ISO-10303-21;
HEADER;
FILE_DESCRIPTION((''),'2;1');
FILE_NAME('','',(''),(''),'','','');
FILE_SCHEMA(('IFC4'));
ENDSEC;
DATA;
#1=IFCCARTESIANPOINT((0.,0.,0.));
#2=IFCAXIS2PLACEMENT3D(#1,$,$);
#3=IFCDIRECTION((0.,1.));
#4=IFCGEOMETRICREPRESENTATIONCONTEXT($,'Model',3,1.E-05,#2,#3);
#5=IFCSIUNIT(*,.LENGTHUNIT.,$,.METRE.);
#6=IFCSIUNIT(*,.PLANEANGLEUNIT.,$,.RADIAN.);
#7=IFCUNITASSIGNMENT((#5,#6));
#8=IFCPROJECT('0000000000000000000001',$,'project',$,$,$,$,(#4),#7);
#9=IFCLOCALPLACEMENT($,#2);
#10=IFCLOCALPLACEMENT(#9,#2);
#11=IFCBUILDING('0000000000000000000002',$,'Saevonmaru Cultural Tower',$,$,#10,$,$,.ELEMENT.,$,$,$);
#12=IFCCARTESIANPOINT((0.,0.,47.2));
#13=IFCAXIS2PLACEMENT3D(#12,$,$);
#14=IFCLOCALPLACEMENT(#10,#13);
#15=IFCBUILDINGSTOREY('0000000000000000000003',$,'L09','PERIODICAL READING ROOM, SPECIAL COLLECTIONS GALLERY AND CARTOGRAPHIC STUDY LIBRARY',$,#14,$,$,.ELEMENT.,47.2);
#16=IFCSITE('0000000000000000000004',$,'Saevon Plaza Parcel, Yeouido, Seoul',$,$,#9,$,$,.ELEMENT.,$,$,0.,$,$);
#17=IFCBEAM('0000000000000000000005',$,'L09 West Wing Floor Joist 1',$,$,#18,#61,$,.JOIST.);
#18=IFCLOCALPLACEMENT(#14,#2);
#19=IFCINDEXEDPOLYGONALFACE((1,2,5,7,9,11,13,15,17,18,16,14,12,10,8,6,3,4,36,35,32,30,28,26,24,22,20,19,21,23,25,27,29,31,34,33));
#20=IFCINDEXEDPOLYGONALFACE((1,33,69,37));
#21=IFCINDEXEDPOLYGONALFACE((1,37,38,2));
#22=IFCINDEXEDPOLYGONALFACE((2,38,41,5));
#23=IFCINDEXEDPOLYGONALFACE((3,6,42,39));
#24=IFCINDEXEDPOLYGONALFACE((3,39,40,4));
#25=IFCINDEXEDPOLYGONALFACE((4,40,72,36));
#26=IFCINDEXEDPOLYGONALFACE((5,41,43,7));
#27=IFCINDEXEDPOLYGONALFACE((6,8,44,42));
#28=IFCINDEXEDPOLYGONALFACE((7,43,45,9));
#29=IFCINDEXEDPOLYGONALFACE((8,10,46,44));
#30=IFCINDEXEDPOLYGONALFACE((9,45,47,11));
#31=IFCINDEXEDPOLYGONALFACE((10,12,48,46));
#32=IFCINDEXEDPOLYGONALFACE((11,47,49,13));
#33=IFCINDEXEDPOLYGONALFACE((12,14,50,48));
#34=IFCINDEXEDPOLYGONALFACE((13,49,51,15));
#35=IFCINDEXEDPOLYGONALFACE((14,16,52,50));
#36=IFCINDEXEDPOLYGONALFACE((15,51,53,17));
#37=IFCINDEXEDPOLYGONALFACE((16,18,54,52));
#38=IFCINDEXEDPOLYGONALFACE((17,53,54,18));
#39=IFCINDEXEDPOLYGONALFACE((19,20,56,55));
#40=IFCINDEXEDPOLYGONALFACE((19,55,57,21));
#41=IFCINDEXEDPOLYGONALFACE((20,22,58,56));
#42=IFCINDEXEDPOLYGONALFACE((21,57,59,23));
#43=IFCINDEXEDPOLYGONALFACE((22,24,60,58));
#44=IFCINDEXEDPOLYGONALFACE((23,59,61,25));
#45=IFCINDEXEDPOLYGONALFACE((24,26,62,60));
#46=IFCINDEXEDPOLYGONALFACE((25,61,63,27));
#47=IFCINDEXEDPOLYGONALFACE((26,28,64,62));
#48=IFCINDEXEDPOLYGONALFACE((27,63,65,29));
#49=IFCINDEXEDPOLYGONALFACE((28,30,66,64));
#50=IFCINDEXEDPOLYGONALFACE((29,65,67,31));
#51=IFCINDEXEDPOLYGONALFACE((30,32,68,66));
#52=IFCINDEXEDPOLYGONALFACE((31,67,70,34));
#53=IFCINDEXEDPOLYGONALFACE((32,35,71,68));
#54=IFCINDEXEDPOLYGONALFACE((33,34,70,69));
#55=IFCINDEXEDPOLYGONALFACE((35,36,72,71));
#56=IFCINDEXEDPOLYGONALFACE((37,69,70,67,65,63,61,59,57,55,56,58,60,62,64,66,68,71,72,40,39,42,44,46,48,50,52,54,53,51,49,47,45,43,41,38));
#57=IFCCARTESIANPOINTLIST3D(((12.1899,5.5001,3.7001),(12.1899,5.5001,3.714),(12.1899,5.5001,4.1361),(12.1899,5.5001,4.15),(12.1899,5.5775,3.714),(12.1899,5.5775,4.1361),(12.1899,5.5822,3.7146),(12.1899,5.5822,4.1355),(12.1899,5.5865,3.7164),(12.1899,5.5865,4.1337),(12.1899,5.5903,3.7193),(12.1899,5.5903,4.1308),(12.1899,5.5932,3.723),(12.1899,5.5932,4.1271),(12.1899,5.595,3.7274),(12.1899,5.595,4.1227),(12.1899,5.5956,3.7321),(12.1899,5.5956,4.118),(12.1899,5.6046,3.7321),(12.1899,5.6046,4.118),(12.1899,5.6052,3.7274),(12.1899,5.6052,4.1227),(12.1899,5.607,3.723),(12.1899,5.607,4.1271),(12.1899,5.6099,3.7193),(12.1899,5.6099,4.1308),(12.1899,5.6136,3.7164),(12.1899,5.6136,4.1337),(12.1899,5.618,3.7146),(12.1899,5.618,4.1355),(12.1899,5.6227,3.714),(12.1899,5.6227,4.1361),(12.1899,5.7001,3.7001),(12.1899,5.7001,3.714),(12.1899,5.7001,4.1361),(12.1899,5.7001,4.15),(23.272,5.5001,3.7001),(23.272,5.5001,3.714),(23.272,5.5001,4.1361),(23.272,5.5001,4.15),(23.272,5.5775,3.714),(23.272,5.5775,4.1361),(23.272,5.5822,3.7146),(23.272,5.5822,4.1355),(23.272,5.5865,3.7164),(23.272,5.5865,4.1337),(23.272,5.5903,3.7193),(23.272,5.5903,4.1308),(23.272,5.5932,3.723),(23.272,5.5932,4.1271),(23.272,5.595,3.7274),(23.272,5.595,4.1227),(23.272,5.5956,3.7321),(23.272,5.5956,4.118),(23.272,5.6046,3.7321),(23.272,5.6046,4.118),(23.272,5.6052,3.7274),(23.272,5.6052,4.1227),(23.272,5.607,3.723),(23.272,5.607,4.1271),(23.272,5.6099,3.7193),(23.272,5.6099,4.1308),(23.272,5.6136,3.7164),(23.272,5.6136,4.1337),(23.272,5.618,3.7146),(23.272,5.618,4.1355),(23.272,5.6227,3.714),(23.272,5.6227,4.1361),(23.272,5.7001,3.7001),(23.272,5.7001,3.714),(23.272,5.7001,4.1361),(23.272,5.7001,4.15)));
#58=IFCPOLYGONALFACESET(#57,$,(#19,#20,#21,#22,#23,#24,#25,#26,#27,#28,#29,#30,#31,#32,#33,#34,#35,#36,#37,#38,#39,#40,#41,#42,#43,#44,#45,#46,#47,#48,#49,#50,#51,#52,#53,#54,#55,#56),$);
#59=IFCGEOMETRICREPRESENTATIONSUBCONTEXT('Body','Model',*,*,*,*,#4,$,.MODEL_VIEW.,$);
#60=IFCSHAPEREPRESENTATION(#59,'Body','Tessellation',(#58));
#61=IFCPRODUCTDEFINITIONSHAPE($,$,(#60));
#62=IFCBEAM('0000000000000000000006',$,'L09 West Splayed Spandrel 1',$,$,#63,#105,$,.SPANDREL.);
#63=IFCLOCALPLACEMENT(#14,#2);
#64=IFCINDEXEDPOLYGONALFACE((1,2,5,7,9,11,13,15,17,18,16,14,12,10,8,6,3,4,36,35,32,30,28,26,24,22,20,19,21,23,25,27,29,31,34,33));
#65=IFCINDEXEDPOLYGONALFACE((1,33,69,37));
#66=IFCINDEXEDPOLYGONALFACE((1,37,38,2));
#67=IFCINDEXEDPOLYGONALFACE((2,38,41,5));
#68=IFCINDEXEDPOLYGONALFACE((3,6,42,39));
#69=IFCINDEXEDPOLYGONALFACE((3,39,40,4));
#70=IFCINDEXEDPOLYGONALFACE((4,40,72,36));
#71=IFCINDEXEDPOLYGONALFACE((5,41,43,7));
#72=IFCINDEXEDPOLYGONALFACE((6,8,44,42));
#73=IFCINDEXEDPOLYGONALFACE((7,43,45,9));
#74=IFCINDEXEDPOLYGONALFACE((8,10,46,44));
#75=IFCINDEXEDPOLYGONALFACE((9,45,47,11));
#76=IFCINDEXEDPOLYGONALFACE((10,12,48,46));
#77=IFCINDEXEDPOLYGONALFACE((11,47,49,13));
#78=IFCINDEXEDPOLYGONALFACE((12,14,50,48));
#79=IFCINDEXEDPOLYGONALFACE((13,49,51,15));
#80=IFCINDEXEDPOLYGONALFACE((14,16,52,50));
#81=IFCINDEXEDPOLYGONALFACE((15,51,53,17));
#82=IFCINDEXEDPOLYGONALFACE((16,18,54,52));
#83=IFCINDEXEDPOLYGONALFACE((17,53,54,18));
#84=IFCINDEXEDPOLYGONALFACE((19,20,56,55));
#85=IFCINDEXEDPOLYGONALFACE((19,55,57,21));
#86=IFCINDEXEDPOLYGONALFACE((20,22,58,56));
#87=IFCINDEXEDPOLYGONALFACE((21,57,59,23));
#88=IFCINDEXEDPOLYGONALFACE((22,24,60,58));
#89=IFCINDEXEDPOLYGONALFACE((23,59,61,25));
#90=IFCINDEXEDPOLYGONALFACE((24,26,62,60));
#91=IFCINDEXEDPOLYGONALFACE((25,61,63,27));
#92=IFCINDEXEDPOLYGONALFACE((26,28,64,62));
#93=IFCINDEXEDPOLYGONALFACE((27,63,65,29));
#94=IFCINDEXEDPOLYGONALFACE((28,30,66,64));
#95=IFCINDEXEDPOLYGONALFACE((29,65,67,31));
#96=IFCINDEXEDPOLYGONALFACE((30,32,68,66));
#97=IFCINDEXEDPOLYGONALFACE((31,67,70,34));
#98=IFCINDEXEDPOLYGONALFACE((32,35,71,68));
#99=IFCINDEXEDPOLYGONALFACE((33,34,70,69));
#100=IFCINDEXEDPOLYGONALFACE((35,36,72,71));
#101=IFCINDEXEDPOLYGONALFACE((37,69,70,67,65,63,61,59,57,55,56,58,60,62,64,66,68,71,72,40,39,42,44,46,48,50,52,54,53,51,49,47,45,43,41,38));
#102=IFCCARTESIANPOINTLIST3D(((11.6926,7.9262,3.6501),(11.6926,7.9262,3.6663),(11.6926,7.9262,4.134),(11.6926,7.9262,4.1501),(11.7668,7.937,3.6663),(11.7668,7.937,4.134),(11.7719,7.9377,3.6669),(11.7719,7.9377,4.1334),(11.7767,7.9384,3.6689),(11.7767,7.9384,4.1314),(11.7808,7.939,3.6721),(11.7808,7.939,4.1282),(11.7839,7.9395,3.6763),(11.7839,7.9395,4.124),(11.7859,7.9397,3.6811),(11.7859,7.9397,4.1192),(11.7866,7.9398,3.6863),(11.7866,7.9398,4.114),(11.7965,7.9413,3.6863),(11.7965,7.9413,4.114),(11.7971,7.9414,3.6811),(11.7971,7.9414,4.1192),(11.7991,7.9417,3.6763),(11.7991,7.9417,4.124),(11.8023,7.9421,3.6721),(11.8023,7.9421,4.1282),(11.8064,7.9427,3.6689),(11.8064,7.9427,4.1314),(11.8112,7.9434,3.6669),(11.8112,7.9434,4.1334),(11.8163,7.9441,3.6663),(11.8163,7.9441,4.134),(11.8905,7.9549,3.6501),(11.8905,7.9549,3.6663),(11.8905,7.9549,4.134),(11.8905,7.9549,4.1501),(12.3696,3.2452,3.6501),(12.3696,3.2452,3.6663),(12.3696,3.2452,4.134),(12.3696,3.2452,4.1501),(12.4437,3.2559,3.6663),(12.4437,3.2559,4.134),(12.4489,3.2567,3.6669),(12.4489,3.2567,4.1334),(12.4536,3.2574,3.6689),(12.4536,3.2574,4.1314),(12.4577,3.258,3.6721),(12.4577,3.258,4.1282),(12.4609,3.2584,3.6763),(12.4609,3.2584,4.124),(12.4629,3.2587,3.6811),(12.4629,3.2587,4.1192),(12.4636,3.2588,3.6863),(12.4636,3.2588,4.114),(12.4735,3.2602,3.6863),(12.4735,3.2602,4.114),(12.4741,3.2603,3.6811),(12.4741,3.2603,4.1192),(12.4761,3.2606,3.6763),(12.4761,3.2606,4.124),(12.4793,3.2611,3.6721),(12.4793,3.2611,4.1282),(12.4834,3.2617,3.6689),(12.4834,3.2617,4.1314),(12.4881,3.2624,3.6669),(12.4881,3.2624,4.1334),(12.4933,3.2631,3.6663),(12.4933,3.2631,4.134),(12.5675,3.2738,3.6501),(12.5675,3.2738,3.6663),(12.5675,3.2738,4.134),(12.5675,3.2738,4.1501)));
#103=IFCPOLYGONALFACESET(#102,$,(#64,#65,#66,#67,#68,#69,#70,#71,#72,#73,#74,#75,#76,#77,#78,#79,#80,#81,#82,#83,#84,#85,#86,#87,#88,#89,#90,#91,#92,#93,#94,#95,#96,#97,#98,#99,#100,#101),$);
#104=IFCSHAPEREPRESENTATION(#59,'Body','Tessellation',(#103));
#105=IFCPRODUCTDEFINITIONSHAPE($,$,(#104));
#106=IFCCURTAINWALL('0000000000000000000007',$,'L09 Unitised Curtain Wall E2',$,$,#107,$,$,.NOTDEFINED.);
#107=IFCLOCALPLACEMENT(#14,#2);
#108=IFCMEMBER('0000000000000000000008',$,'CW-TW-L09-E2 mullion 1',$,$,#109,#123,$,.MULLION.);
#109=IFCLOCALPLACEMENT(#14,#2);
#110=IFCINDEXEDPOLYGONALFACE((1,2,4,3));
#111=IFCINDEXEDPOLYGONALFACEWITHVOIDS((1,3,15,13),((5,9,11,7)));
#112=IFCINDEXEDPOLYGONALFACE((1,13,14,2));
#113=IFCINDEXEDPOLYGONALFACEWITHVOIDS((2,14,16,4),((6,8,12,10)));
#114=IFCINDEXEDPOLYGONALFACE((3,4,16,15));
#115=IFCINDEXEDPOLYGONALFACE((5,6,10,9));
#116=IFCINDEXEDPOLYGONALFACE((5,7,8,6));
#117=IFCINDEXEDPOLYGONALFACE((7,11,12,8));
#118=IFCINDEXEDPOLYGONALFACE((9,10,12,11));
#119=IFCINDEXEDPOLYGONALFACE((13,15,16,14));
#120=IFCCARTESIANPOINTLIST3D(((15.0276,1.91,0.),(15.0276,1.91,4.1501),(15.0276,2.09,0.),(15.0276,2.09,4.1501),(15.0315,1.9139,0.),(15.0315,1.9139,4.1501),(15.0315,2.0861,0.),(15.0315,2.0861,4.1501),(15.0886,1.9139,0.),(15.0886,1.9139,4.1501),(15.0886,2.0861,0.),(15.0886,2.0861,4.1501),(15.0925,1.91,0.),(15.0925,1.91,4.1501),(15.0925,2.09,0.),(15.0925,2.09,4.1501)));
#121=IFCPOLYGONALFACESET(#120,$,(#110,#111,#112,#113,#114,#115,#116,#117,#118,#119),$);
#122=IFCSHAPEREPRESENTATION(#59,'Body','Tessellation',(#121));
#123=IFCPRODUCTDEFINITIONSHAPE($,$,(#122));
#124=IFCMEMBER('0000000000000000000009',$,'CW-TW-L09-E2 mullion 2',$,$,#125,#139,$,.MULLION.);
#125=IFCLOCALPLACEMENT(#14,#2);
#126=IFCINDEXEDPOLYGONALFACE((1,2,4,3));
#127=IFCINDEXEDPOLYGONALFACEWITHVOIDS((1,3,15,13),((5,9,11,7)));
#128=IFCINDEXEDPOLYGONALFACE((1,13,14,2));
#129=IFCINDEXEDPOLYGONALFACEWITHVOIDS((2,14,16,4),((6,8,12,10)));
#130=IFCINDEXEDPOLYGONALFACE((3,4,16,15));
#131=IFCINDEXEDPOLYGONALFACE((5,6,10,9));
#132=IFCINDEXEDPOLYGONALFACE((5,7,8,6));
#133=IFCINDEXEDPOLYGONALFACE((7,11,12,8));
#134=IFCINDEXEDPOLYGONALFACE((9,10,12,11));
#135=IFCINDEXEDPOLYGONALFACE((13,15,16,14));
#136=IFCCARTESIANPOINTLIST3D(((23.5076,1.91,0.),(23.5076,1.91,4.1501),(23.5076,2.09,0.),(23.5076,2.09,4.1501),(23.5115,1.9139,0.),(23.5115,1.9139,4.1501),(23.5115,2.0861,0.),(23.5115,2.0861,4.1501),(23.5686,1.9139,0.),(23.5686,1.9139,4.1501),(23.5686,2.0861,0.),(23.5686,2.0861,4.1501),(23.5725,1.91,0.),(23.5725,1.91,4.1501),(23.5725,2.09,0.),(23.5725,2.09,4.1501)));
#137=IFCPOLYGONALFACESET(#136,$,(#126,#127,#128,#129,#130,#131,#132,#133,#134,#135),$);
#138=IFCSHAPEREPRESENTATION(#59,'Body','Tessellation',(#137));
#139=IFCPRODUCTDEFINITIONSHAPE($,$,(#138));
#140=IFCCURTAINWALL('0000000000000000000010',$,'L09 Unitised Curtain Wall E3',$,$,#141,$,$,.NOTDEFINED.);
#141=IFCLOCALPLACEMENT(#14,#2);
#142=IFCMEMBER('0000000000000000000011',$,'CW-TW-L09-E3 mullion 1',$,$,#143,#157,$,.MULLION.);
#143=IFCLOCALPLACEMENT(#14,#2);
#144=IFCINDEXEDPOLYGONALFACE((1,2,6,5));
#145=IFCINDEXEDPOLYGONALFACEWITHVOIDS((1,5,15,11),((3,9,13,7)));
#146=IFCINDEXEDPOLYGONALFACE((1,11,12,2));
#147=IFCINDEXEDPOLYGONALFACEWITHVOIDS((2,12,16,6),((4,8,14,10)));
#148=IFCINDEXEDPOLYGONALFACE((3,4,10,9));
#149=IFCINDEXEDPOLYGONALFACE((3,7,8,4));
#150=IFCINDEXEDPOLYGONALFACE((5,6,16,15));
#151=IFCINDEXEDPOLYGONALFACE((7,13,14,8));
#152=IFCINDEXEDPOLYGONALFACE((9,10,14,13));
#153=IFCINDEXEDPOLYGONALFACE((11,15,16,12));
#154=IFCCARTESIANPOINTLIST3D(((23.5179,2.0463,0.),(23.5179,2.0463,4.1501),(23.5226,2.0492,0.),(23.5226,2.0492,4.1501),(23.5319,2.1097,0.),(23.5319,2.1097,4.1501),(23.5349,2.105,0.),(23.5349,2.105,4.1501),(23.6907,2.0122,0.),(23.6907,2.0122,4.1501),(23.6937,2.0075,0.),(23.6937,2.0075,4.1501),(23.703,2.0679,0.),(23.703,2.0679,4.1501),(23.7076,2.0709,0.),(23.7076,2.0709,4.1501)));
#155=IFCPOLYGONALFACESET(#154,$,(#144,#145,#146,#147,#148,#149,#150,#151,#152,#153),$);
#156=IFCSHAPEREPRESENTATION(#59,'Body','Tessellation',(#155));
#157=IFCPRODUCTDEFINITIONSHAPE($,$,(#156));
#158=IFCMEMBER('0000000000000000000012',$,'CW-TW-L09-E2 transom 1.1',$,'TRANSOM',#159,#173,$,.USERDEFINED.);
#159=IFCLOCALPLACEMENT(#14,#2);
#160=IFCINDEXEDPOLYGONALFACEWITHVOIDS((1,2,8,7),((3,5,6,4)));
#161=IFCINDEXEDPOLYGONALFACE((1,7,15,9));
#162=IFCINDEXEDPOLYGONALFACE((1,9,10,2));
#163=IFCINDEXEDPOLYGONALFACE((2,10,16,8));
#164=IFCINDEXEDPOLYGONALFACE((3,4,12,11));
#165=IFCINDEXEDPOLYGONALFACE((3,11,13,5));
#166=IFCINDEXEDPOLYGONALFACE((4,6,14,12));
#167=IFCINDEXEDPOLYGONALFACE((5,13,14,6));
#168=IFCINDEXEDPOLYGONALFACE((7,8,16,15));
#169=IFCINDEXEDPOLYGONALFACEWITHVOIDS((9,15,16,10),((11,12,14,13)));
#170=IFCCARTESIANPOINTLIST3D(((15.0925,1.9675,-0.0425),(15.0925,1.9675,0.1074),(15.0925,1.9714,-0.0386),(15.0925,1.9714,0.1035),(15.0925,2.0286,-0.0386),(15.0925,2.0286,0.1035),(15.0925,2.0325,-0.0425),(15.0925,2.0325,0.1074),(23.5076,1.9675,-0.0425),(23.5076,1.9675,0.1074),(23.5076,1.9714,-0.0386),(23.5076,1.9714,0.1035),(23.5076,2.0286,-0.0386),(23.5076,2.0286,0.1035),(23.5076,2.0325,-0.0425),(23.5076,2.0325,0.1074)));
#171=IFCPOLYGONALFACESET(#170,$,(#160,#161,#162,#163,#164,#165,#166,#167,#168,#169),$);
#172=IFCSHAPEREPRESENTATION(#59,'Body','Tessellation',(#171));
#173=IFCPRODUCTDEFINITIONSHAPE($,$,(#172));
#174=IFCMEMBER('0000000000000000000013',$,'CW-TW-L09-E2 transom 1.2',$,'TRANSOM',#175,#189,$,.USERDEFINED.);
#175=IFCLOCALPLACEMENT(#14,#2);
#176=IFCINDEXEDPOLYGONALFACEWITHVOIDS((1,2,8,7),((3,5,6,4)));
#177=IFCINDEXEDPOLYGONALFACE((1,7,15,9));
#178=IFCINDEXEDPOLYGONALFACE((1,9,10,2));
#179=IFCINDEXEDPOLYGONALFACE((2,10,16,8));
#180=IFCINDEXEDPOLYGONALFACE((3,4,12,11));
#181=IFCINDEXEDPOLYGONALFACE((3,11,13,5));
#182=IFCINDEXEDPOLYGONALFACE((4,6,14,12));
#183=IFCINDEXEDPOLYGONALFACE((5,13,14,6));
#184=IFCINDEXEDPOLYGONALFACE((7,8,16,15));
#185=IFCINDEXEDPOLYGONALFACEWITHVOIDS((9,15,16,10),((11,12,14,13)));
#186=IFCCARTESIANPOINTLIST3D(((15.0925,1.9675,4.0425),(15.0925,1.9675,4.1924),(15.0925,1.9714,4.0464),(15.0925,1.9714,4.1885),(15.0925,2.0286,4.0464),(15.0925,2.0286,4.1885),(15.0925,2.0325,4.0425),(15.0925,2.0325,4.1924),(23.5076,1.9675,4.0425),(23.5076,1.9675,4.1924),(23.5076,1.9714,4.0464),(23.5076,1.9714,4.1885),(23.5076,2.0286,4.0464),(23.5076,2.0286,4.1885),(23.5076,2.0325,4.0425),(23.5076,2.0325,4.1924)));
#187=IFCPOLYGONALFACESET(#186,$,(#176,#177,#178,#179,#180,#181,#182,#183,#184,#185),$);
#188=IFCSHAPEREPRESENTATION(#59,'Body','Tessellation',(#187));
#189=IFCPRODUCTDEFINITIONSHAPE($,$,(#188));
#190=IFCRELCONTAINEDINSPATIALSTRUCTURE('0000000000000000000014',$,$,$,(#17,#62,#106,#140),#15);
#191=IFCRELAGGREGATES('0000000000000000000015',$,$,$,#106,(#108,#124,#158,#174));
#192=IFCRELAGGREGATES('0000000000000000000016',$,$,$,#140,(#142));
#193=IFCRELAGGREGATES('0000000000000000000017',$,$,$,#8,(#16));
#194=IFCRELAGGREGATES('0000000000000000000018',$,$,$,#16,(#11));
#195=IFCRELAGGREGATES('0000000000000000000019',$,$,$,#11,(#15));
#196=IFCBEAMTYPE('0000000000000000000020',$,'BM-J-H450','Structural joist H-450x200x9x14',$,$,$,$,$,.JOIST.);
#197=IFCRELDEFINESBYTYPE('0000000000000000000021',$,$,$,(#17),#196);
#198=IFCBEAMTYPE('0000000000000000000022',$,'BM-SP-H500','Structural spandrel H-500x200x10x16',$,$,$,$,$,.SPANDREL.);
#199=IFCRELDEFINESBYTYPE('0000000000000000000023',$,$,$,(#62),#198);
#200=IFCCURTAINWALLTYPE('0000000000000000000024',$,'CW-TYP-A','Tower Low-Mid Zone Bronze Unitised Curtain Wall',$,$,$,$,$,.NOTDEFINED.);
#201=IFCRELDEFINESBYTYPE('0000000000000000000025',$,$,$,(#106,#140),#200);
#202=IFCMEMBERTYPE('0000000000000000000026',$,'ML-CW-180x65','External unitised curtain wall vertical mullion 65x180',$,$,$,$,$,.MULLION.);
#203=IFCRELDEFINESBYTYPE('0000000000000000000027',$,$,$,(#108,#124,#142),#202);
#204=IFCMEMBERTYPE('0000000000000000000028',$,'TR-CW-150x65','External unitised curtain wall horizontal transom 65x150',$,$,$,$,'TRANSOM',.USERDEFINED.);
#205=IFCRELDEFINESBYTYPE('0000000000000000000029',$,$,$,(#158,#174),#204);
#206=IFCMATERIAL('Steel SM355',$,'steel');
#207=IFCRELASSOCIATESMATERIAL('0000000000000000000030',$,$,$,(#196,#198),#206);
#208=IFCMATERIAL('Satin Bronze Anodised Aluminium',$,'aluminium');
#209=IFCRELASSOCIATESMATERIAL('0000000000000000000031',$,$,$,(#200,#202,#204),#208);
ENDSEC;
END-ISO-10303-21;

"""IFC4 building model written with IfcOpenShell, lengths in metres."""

from ifc_helpers import new_model, si_unit, direction, frame, origin, origin_2d, place, context, subcontext, project, spatial, hollow_rectangle, i_section, extrude, material, material_profile, profile_set, type_object, element, aggregate, save


model = new_model("IFC4")

# Units and contexts
model_context = context("Model", 3, precision=1e-05, world=origin(), true_north=direction((0.0, 1.0)))
body_context = subcontext(model_context, "Body", "Model", "MODEL_VIEW")
ifc_project = project(units=[si_unit("LENGTHUNIT", "METRE"), si_unit("PLANEANGLEUNIT", "RADIAN")], contexts=[model_context])

# Site, building, storey
site_placement = place(None, origin())
site = spatial("IfcSite", under=ifc_project, at=site_placement, Name="Saevon Plaza Parcel, Yeouido, Seoul", CompositionType="ELEMENT", RefElevation=0.0)
building_placement = place(site_placement, origin())
building = spatial("IfcBuilding", under=site, at=building_placement, Name="Saevonmaru Cultural Tower", CompositionType="ELEMENT")
storey_placement = place(building_placement, frame((0.0, 0.0, 47.2)))
storey = spatial("IfcBuildingStorey", under=building, at=storey_placement, Name="L09", Description="PERIODICAL READING ROOM, SPECIAL COLLECTIONS GALLERY AND CARTOGRAPHIC STUDY LIBRARY", CompositionType="ELEMENT", Elevation=47.2)

# Beams
ifc_material_1 = material(Name="Steel SM355", Category="steel")
ifc_material_profile_1 = material_profile(ifc_material_1, i_section(OverallWidth=0.2, OverallDepth=0.45, WebThickness=0.009, FlangeThickness=0.0139, FilletRadius=0.0181, at=origin_2d()), Name="H-450x200x9x14")
ifc_profile_set_1 = profile_set([ifc_material_profile_1], Name="Steel SM355")
beam_type_1 = type_object("IfcBeamType", Name="BM-J-H450", Description="Structural joist H-450x200x9x14", PredefinedType="JOIST", material=ifc_profile_set_1)
beam_1_placement = place(storey_placement, frame((12.1899, 5.6001, 3.925), z_axis=(1.0, 0.0, 0.0), x_axis=(0.0, 1.0, 0.0)))
element("IfcBeam", 1, at=beam_1_placement, inside=storey, type_object=beam_type_1, Name="L09 West Wing Floor Joist 1", PredefinedType="JOIST", context=body_context, shape_type="SweptSolid", body=[
    extrude(i_section(OverallWidth=0.2, OverallDepth=0.45, WebThickness=0.009, FlangeThickness=0.0139, FilletRadius=0.0181, at=origin_2d()), origin(), (0.0, 0.0, 1.0), 11.082),
])
ifc_material_profile_2 = material_profile(ifc_material_1, i_section(OverallWidth=0.2, OverallDepth=0.5, WebThickness=0.01, FlangeThickness=0.0161, FilletRadius=0.02, at=origin_2d()), Name="H-500x200x10x16")
ifc_profile_set_2 = profile_set([ifc_material_profile_2], Name="Steel SM355")
beam_type_2 = type_object("IfcBeamType", Name="BM-SP-H500", Description="Structural spandrel H-500x200x10x16", PredefinedType="SPANDREL", material=ifc_profile_set_2)
beam_2_placement = place(storey_placement, frame((12.4685, 3.2595, 3.9001), z_axis=(-0.143134, 0.989703, 0.0), x_axis=(-0.989703, -0.143134, 0.0)))
element("IfcBeam", 2, at=beam_2_placement, inside=storey, type_object=beam_type_2, Name="L09 West Splayed Spandrel 1", PredefinedType="SPANDREL", context=body_context, shape_type="SweptSolid", body=[
    extrude(i_section(OverallWidth=0.2, OverallDepth=0.5, WebThickness=0.01, FlangeThickness=0.0161, FilletRadius=0.02, at=origin_2d()), origin(), (0.0, 0.0, 1.0), 4.7297),
])

# Curtain wall, members
ifc_material_2 = material(Name="Satin Bronze Anodised Aluminium", Category="aluminium")
curtain_wall_type = type_object("IfcCurtainWallType", Name="CW-TYP-A", Description="Tower Low-Mid Zone Bronze Unitised Curtain Wall", PredefinedType="NOTDEFINED", material=ifc_material_2)
curtain_wall_1_placement = place(storey_placement, origin())
curtain_wall_1 = element("IfcCurtainWall", 3, at=curtain_wall_1_placement, inside=storey, type_object=curtain_wall_type, Name="L09 Unitised Curtain Wall E2", PredefinedType="NOTDEFINED")
ifc_material_profile_3 = material_profile(ifc_material_2, hollow_rectangle(XDim=0.0649, YDim=0.1799, WallThickness=0.0039, at=origin_2d()), Name="ALU-MULL-180x65x4")
ifc_profile_set_3 = profile_set([ifc_material_profile_3], Name="Satin Bronze Anodised Aluminium")
member_type_1 = type_object("IfcMemberType", Name="ML-CW-180x65", Description="External unitised curtain wall vertical mullion 65x180", PredefinedType="MULLION", material=ifc_profile_set_3)
member_1_placement = place(storey_placement, frame((15.0601, 2.0, 0.0), z_axis=(0.0, 0.0, 1.0), x_axis=(1.0, 0.0, 0.0)))
member_1 = element("IfcMember", 4, at=member_1_placement, type_object=member_type_1, Name="CW-TW-L09-E2 mullion 1", PredefinedType="MULLION", context=body_context, shape_type="SweptSolid", body=[
    extrude(hollow_rectangle(XDim=0.0649, YDim=0.1799, WallThickness=0.0039, at=origin_2d()), origin(), (0.0, 0.0, 1.0), 4.1501),
])
member_2_placement = place(storey_placement, frame((23.54, 2.0, 0.0), z_axis=(0.0, 0.0, 1.0), x_axis=(1.0, 0.0, 0.0)))
member_2 = element("IfcMember", 5, at=member_2_placement, type_object=member_type_1, Name="CW-TW-L09-E2 mullion 2", PredefinedType="MULLION", context=body_context, shape_type="SweptSolid", body=[
    extrude(hollow_rectangle(XDim=0.0649, YDim=0.1799, WallThickness=0.0039, at=origin_2d()), origin(), (0.0, 0.0, 1.0), 4.1501),
])

# Curtain wall, member
curtain_wall_2_placement = place(storey_placement, origin())
curtain_wall_2 = element("IfcCurtainWall", 6, at=curtain_wall_2_placement, inside=storey, type_object=curtain_wall_type, Name="L09 Unitised Curtain Wall E3", PredefinedType="NOTDEFINED")
member_3_placement = place(storey_placement, frame((23.6128, 2.0586, 0.0), z_axis=(0.0, 0.0, 1.0), x_axis=(0.215413, 0.976523, 0.0)))
member_3 = element("IfcMember", 7, at=member_3_placement, type_object=member_type_1, Name="CW-TW-L09-E3 mullion 1", PredefinedType="MULLION", context=body_context, shape_type="SweptSolid", body=[
    extrude(hollow_rectangle(XDim=0.0649, YDim=0.1799, WallThickness=0.0039, at=origin_2d()), origin(), (0.0, 0.0, 1.0), 4.1501),
])

# Members
ifc_material_profile_4 = material_profile(ifc_material_2, hollow_rectangle(XDim=0.0649, YDim=0.1499, WallThickness=0.0039, at=origin_2d()), Name="ALU-TRAN-150x65x4")
ifc_profile_set_4 = profile_set([ifc_material_profile_4], Name="Satin Bronze Anodised Aluminium")
member_type_2 = type_object("IfcMemberType", Name="TR-CW-150x65", Description="External unitised curtain wall horizontal transom 65x150", ElementType="TRANSOM", PredefinedType="USERDEFINED", material=ifc_profile_set_4)
member_4_placement = place(storey_placement, frame((15.0925, 2.0, 0.0325), z_axis=(1.0, 0.0, 0.0), x_axis=(0.0, 1.0, 0.0)))
member_4 = element("IfcMember", 8, at=member_4_placement, type_object=member_type_2, Name="CW-TW-L09-E2 transom 1.1", ObjectType="TRANSOM", PredefinedType="USERDEFINED", context=body_context, shape_type="SweptSolid", body=[
    extrude(hollow_rectangle(XDim=0.0649, YDim=0.1499, WallThickness=0.0039, at=origin_2d()), origin(), (0.0, 0.0, 1.0), 8.415),
])
member_5_placement = place(storey_placement, frame((15.0925, 2.0, 4.1174), z_axis=(1.0, 0.0, 0.0), x_axis=(0.0, 1.0, 0.0)))
member_5 = element("IfcMember", 9, at=member_5_placement, type_object=member_type_2, Name="CW-TW-L09-E2 transom 1.2", ObjectType="TRANSOM", PredefinedType="USERDEFINED", context=body_context, shape_type="SweptSolid", body=[
    extrude(hollow_rectangle(XDim=0.0649, YDim=0.1499, WallThickness=0.0039, at=origin_2d()), origin(), (0.0, 0.0, 1.0), 8.415),
])

aggregate(curtain_wall_1, [member_1, member_2, member_4, member_5])
aggregate(curtain_wall_2, [member_3])

save(model, "model.ifc")
